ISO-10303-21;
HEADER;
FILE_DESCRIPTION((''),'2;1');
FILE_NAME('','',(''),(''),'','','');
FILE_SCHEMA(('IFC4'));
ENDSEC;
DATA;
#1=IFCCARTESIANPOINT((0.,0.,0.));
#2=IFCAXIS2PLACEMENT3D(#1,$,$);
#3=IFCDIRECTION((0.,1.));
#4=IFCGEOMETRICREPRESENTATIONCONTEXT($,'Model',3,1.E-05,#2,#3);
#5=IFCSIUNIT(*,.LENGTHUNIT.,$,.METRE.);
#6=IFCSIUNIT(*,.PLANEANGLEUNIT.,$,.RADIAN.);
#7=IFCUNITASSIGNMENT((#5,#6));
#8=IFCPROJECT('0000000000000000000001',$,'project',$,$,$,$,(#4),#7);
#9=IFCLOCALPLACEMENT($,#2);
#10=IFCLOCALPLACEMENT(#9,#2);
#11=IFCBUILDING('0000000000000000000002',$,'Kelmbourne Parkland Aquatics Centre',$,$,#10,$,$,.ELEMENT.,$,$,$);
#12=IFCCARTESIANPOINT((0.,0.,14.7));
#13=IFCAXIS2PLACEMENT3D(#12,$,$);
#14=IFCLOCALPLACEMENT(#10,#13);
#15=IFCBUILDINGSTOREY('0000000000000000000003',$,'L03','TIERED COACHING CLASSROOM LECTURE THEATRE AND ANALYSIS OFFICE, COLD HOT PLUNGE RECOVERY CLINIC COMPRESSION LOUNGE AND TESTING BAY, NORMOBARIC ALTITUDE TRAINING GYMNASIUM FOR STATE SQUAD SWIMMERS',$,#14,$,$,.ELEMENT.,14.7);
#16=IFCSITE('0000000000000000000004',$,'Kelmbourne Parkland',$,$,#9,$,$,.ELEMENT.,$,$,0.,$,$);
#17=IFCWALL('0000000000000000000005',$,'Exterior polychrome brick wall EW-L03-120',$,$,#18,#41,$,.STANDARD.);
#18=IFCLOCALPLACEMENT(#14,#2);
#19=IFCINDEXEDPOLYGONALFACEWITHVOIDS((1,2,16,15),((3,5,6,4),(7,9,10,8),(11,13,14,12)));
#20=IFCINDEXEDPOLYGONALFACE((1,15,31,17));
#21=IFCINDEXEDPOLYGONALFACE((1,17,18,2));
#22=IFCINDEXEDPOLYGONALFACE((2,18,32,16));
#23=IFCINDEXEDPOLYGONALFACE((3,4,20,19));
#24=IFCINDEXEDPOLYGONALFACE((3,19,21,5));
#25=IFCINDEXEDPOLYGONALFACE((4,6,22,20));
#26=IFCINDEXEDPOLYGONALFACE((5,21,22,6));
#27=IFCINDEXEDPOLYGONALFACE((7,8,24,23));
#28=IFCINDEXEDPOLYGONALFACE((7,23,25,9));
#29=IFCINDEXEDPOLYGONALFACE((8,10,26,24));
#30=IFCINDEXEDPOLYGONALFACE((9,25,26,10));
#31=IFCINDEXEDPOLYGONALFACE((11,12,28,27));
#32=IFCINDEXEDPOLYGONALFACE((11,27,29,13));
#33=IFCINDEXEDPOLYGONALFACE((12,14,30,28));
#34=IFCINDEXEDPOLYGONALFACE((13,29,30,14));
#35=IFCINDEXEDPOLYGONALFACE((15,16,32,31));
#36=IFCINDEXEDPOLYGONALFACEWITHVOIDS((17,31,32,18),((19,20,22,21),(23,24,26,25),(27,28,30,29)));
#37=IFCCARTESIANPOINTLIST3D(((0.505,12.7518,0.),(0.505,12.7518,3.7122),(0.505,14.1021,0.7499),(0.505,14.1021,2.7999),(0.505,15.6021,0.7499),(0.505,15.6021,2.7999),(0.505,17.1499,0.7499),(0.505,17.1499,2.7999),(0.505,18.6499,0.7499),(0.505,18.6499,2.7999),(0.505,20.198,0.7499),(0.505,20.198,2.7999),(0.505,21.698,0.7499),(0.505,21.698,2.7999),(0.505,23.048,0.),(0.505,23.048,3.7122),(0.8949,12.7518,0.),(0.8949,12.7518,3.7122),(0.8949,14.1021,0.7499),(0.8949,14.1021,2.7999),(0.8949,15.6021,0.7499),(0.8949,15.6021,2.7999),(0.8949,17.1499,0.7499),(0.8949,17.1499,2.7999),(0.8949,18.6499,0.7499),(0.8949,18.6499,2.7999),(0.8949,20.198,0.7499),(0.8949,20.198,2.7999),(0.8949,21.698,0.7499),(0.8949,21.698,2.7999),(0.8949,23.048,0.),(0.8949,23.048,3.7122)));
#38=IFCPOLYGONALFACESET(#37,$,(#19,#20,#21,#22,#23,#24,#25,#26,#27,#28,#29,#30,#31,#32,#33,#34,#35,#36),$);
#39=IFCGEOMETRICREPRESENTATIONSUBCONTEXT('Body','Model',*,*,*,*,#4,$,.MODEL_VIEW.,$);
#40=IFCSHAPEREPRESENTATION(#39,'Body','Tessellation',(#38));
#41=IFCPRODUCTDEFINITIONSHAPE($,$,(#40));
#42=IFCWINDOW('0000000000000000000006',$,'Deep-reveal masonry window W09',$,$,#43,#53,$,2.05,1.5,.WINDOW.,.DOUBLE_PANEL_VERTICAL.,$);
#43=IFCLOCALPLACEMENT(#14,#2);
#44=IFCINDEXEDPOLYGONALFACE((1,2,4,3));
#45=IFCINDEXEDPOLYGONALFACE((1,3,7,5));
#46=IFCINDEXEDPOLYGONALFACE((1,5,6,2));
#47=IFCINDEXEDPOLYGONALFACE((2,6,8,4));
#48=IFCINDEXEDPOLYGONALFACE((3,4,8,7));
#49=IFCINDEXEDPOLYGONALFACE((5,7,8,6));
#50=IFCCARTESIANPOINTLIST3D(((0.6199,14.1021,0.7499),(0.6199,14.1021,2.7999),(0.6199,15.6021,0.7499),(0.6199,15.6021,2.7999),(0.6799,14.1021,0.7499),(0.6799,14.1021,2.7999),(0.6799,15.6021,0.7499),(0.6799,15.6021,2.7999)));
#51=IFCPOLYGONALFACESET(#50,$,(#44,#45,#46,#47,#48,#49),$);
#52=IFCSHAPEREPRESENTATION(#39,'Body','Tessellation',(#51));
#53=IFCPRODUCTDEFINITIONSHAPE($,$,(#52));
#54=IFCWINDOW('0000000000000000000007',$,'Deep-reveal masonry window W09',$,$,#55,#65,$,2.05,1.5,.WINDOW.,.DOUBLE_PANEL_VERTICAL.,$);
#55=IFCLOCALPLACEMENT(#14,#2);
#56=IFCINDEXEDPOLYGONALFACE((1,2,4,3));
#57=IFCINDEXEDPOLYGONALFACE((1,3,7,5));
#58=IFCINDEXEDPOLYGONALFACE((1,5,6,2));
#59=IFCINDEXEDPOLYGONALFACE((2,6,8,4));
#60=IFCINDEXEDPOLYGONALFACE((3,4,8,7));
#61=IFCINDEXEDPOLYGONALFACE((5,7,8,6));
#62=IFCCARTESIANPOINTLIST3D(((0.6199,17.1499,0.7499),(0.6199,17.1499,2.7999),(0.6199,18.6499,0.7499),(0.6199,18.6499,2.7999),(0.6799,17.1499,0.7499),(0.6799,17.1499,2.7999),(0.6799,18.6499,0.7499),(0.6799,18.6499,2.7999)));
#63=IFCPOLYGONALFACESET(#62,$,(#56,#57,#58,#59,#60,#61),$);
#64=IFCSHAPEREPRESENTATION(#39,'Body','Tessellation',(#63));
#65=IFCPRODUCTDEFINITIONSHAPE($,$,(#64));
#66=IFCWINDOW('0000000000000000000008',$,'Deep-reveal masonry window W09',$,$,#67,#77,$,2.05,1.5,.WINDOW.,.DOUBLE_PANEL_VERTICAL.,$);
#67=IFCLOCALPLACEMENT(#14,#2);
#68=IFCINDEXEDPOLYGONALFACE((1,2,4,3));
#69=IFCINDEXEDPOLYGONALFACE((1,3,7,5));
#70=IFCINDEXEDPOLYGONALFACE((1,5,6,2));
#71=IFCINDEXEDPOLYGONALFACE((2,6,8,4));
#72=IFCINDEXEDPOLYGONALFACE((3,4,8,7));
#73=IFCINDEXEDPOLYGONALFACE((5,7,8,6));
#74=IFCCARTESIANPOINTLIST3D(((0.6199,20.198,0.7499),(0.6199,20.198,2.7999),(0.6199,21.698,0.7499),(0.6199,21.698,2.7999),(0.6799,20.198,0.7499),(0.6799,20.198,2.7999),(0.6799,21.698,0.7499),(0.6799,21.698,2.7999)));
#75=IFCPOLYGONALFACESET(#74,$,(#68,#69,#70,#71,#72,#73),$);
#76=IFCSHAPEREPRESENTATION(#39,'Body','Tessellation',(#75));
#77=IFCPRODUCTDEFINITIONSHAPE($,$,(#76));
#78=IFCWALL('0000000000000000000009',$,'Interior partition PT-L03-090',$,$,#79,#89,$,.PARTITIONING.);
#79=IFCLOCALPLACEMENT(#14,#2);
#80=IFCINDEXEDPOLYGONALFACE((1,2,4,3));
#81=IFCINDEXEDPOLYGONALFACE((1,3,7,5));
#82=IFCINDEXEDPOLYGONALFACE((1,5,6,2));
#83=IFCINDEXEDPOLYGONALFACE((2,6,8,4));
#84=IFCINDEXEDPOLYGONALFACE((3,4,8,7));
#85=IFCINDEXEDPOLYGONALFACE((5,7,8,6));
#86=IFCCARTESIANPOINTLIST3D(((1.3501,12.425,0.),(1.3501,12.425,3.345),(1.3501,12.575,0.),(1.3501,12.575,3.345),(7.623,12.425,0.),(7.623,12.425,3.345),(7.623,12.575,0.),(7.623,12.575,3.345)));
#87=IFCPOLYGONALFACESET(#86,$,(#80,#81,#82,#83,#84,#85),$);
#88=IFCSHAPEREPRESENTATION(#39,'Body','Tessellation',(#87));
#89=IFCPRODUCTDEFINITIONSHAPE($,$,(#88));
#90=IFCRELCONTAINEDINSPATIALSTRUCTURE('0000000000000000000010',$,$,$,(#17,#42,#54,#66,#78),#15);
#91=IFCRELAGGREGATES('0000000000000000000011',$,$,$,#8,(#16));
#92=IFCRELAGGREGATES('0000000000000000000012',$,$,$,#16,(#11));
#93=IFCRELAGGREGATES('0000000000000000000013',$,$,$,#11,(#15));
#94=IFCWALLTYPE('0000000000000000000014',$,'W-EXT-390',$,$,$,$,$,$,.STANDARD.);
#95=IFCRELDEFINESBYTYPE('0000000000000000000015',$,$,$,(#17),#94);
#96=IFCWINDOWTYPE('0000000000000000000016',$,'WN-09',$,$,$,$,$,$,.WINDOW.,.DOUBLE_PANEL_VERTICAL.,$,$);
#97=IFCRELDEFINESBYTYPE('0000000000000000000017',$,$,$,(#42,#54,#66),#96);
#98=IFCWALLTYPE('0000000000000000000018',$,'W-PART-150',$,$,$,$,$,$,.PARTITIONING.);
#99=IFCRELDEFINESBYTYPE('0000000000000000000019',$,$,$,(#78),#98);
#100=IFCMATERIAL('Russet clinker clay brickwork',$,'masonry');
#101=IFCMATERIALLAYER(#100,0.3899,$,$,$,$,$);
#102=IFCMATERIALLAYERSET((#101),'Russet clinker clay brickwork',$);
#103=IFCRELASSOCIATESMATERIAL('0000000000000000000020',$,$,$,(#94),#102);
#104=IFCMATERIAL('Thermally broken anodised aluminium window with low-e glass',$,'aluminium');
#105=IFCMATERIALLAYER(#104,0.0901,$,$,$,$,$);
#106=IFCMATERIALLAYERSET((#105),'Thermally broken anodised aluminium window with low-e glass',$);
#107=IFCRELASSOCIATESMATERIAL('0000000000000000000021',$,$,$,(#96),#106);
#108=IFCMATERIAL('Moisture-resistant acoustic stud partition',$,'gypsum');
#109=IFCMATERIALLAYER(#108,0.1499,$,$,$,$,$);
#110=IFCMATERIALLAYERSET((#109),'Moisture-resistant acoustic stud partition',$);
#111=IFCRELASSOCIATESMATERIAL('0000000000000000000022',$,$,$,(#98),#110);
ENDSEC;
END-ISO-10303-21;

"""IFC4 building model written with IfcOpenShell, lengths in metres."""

from ifc_helpers import new_model, si_unit, direction, frame, frame_2d, origin, place, context, subcontext, project, spatial, rectangle, extrude, material, layer, layer_set, type_object, element, fill, save


model = new_model("IFC4")

# Units and contexts
model_context = context("Model", 3, precision=1e-05, world=origin(), true_north=direction((0.0, 1.0)))
body_context = subcontext(model_context, "Body", "Model", "MODEL_VIEW")
ifc_project = project(units=[si_unit("LENGTHUNIT", "METRE"), si_unit("PLANEANGLEUNIT", "RADIAN")], contexts=[model_context])

# Site, building, storey
site_placement = place(None, origin())
site = spatial("IfcSite", under=ifc_project, at=site_placement, Name="Kelmbourne Parkland", CompositionType="ELEMENT", RefElevation=0.0)
building_placement = place(site_placement, origin())
building = spatial("IfcBuilding", under=site, at=building_placement, Name="Kelmbourne Parkland Aquatics Centre", CompositionType="ELEMENT")
storey_placement = place(building_placement, frame((0.0, 0.0, 14.7)))
storey = spatial("IfcBuildingStorey", under=building, at=storey_placement, Name="L03", Description="TIERED COACHING CLASSROOM LECTURE THEATRE AND ANALYSIS OFFICE, COLD HOT PLUNGE RECOVERY CLINIC COMPRESSION LOUNGE AND TESTING BAY, NORMOBARIC ALTITUDE TRAINING GYMNASIUM FOR STATE SQUAD SWIMMERS", CompositionType="ELEMENT", Elevation=14.7)

# Wall, openings, windows
ifc_material_1 = material(Name="Russet clinker clay brickwork", Category="masonry")
ifc_layer_1 = layer(ifc_material_1, 0.3899)
ifc_layer_set_1 = layer_set([ifc_layer_1], Name="Russet clinker clay brickwork")
wall_type_1 = type_object("IfcWallType", Name="W-EXT-390", PredefinedType="STANDARD", material=ifc_layer_set_1)
wall_1_placement = place(storey_placement, frame((0.7, 12.752, 0.0), z_axis=(0.0, 0.0, 1.0), x_axis=(0.0, 1.0, 0.0)))
wall_1 = element("IfcWall", 1, at=wall_1_placement, inside=storey, type_object=wall_type_1, Name="Exterior polychrome brick wall EW-L03-120", PredefinedType="STANDARD", context=body_context, shape_type="SweptSolid", body=[
    extrude(rectangle(XDim=10.2961, YDim=0.3899, at=frame_2d((5.1479, 0.0))), origin(), (0.0, 0.0, 1.0), 3.7122),
])
opening_1_placement = place(wall_1_placement, frame((1.3501, 0.0, 0.75)))
opening_1 = element("IfcOpeningElement", 2, at=opening_1_placement, cuts=wall_1, PredefinedType="OPENING", context=body_context, shape_type="SweptSolid", body=[
    extrude(rectangle(XDim=1.5, YDim=2.05, at=frame_2d((0.75, 1.0249))), frame((0.0, 0.207, 0.0), z_axis=(0.0, -1.0, 0.0), x_axis=(1.0, 0.0, 0.0)), (0.0, 0.0, 1.0), 0.4138),
])
opening_2_placement = place(wall_1_placement, frame((4.3979, 0.0, 0.75)))
opening_2 = element("IfcOpeningElement", 3, at=opening_2_placement, cuts=wall_1, PredefinedType="OPENING", context=body_context, shape_type="SweptSolid", body=[
    extrude(rectangle(XDim=1.5, YDim=2.05, at=frame_2d((0.75, 1.0249))), frame((0.0, 0.207, 0.0), z_axis=(0.0, -1.0, 0.0), x_axis=(1.0, 0.0, 0.0)), (0.0, 0.0, 1.0), 0.4138),
])
opening_3_placement = place(wall_1_placement, frame((7.446, 0.0, 0.75)))
opening_3 = element("IfcOpeningElement", 4, at=opening_3_placement, cuts=wall_1, PredefinedType="OPENING", context=body_context, shape_type="SweptSolid", body=[
    extrude(rectangle(XDim=1.5, YDim=2.05, at=frame_2d((0.75, 1.0249))), frame((0.0, 0.207, 0.0), z_axis=(0.0, -1.0, 0.0), x_axis=(1.0, 0.0, 0.0)), (0.0, 0.0, 1.0), 0.4138),
])
ifc_material_2 = material(Name="Thermally broken anodised aluminium window with low-e glass", Category="aluminium")
ifc_layer_2 = layer(ifc_material_2, 0.0901)
ifc_layer_set_2 = layer_set([ifc_layer_2], Name="Thermally broken anodised aluminium window with low-e glass")
window_type = type_object("IfcWindowType", Name="WN-09", PartitioningType="DOUBLE_PANEL_VERTICAL", PredefinedType="WINDOW", material=ifc_layer_set_2)
window_1_placement = place(opening_1_placement, origin())
window_1 = element("IfcWindow", 5, at=window_1_placement, inside=storey, type_object=window_type, Name="Deep-reveal masonry window W09", OverallHeight=2.05, OverallWidth=1.5, PartitioningType="DOUBLE_PANEL_VERTICAL", PredefinedType="WINDOW", context=body_context, shape_type="SweptSolid", body=[
    extrude(rectangle(XDim=1.5, YDim=2.05, at=frame_2d((0.75, 1.0249))), frame((0.0, 0.0801, 0.0), z_axis=(0.0, -1.0, 0.0), x_axis=(1.0, 0.0, 0.0)), (0.0, 0.0, 1.0), 0.0601),
])
fill(opening_1, window_1)
window_2_placement = place(opening_2_placement, origin())
window_2 = element("IfcWindow", 6, at=window_2_placement, inside=storey, type_object=window_type, Name="Deep-reveal masonry window W09", OverallHeight=2.05, OverallWidth=1.5, PartitioningType="DOUBLE_PANEL_VERTICAL", PredefinedType="WINDOW", context=body_context, shape_type="SweptSolid", body=[
    extrude(rectangle(XDim=1.5, YDim=2.05, at=frame_2d((0.75, 1.0249))), frame((0.0, 0.0801, 0.0), z_axis=(0.0, -1.0, 0.0), x_axis=(1.0, 0.0, 0.0)), (0.0, 0.0, 1.0), 0.0601),
])
fill(opening_2, window_2)
window_3_placement = place(opening_3_placement, origin())
window_3 = element("IfcWindow", 7, at=window_3_placement, inside=storey, type_object=window_type, Name="Deep-reveal masonry window W09", OverallHeight=2.05, OverallWidth=1.5, PartitioningType="DOUBLE_PANEL_VERTICAL", PredefinedType="WINDOW", context=body_context, shape_type="SweptSolid", body=[
    extrude(rectangle(XDim=1.5, YDim=2.05, at=frame_2d((0.75, 1.0249))), frame((0.0, 0.0801, 0.0), z_axis=(0.0, -1.0, 0.0), x_axis=(1.0, 0.0, 0.0)), (0.0, 0.0, 1.0), 0.0601),
])
fill(opening_3, window_3)

# Wall
ifc_material_3 = material(Name="Moisture-resistant acoustic stud partition", Category="gypsum")
ifc_layer_3 = layer(ifc_material_3, 0.1499)
ifc_layer_set_3 = layer_set([ifc_layer_3], Name="Moisture-resistant acoustic stud partition")
wall_type_2 = type_object("IfcWallType", Name="W-PART-150", PredefinedType="PARTITIONING", material=ifc_layer_set_3)
wall_2_placement = place(storey_placement, frame((1.3501, 12.5, 0.0), z_axis=(0.0, 0.0, 1.0), x_axis=(1.0, 0.0, 0.0)))
element("IfcWall", 8, at=wall_2_placement, inside=storey, type_object=wall_type_2, Name="Interior partition PT-L03-090", PredefinedType="PARTITIONING", context=body_context, shape_type="SweptSolid", body=[
    extrude(rectangle(XDim=6.2729, YDim=0.1499, at=frame_2d((3.1365, 0.0))), origin(), (0.0, 0.0, 1.0), 3.345),
])

save(model, "model.ifc")
